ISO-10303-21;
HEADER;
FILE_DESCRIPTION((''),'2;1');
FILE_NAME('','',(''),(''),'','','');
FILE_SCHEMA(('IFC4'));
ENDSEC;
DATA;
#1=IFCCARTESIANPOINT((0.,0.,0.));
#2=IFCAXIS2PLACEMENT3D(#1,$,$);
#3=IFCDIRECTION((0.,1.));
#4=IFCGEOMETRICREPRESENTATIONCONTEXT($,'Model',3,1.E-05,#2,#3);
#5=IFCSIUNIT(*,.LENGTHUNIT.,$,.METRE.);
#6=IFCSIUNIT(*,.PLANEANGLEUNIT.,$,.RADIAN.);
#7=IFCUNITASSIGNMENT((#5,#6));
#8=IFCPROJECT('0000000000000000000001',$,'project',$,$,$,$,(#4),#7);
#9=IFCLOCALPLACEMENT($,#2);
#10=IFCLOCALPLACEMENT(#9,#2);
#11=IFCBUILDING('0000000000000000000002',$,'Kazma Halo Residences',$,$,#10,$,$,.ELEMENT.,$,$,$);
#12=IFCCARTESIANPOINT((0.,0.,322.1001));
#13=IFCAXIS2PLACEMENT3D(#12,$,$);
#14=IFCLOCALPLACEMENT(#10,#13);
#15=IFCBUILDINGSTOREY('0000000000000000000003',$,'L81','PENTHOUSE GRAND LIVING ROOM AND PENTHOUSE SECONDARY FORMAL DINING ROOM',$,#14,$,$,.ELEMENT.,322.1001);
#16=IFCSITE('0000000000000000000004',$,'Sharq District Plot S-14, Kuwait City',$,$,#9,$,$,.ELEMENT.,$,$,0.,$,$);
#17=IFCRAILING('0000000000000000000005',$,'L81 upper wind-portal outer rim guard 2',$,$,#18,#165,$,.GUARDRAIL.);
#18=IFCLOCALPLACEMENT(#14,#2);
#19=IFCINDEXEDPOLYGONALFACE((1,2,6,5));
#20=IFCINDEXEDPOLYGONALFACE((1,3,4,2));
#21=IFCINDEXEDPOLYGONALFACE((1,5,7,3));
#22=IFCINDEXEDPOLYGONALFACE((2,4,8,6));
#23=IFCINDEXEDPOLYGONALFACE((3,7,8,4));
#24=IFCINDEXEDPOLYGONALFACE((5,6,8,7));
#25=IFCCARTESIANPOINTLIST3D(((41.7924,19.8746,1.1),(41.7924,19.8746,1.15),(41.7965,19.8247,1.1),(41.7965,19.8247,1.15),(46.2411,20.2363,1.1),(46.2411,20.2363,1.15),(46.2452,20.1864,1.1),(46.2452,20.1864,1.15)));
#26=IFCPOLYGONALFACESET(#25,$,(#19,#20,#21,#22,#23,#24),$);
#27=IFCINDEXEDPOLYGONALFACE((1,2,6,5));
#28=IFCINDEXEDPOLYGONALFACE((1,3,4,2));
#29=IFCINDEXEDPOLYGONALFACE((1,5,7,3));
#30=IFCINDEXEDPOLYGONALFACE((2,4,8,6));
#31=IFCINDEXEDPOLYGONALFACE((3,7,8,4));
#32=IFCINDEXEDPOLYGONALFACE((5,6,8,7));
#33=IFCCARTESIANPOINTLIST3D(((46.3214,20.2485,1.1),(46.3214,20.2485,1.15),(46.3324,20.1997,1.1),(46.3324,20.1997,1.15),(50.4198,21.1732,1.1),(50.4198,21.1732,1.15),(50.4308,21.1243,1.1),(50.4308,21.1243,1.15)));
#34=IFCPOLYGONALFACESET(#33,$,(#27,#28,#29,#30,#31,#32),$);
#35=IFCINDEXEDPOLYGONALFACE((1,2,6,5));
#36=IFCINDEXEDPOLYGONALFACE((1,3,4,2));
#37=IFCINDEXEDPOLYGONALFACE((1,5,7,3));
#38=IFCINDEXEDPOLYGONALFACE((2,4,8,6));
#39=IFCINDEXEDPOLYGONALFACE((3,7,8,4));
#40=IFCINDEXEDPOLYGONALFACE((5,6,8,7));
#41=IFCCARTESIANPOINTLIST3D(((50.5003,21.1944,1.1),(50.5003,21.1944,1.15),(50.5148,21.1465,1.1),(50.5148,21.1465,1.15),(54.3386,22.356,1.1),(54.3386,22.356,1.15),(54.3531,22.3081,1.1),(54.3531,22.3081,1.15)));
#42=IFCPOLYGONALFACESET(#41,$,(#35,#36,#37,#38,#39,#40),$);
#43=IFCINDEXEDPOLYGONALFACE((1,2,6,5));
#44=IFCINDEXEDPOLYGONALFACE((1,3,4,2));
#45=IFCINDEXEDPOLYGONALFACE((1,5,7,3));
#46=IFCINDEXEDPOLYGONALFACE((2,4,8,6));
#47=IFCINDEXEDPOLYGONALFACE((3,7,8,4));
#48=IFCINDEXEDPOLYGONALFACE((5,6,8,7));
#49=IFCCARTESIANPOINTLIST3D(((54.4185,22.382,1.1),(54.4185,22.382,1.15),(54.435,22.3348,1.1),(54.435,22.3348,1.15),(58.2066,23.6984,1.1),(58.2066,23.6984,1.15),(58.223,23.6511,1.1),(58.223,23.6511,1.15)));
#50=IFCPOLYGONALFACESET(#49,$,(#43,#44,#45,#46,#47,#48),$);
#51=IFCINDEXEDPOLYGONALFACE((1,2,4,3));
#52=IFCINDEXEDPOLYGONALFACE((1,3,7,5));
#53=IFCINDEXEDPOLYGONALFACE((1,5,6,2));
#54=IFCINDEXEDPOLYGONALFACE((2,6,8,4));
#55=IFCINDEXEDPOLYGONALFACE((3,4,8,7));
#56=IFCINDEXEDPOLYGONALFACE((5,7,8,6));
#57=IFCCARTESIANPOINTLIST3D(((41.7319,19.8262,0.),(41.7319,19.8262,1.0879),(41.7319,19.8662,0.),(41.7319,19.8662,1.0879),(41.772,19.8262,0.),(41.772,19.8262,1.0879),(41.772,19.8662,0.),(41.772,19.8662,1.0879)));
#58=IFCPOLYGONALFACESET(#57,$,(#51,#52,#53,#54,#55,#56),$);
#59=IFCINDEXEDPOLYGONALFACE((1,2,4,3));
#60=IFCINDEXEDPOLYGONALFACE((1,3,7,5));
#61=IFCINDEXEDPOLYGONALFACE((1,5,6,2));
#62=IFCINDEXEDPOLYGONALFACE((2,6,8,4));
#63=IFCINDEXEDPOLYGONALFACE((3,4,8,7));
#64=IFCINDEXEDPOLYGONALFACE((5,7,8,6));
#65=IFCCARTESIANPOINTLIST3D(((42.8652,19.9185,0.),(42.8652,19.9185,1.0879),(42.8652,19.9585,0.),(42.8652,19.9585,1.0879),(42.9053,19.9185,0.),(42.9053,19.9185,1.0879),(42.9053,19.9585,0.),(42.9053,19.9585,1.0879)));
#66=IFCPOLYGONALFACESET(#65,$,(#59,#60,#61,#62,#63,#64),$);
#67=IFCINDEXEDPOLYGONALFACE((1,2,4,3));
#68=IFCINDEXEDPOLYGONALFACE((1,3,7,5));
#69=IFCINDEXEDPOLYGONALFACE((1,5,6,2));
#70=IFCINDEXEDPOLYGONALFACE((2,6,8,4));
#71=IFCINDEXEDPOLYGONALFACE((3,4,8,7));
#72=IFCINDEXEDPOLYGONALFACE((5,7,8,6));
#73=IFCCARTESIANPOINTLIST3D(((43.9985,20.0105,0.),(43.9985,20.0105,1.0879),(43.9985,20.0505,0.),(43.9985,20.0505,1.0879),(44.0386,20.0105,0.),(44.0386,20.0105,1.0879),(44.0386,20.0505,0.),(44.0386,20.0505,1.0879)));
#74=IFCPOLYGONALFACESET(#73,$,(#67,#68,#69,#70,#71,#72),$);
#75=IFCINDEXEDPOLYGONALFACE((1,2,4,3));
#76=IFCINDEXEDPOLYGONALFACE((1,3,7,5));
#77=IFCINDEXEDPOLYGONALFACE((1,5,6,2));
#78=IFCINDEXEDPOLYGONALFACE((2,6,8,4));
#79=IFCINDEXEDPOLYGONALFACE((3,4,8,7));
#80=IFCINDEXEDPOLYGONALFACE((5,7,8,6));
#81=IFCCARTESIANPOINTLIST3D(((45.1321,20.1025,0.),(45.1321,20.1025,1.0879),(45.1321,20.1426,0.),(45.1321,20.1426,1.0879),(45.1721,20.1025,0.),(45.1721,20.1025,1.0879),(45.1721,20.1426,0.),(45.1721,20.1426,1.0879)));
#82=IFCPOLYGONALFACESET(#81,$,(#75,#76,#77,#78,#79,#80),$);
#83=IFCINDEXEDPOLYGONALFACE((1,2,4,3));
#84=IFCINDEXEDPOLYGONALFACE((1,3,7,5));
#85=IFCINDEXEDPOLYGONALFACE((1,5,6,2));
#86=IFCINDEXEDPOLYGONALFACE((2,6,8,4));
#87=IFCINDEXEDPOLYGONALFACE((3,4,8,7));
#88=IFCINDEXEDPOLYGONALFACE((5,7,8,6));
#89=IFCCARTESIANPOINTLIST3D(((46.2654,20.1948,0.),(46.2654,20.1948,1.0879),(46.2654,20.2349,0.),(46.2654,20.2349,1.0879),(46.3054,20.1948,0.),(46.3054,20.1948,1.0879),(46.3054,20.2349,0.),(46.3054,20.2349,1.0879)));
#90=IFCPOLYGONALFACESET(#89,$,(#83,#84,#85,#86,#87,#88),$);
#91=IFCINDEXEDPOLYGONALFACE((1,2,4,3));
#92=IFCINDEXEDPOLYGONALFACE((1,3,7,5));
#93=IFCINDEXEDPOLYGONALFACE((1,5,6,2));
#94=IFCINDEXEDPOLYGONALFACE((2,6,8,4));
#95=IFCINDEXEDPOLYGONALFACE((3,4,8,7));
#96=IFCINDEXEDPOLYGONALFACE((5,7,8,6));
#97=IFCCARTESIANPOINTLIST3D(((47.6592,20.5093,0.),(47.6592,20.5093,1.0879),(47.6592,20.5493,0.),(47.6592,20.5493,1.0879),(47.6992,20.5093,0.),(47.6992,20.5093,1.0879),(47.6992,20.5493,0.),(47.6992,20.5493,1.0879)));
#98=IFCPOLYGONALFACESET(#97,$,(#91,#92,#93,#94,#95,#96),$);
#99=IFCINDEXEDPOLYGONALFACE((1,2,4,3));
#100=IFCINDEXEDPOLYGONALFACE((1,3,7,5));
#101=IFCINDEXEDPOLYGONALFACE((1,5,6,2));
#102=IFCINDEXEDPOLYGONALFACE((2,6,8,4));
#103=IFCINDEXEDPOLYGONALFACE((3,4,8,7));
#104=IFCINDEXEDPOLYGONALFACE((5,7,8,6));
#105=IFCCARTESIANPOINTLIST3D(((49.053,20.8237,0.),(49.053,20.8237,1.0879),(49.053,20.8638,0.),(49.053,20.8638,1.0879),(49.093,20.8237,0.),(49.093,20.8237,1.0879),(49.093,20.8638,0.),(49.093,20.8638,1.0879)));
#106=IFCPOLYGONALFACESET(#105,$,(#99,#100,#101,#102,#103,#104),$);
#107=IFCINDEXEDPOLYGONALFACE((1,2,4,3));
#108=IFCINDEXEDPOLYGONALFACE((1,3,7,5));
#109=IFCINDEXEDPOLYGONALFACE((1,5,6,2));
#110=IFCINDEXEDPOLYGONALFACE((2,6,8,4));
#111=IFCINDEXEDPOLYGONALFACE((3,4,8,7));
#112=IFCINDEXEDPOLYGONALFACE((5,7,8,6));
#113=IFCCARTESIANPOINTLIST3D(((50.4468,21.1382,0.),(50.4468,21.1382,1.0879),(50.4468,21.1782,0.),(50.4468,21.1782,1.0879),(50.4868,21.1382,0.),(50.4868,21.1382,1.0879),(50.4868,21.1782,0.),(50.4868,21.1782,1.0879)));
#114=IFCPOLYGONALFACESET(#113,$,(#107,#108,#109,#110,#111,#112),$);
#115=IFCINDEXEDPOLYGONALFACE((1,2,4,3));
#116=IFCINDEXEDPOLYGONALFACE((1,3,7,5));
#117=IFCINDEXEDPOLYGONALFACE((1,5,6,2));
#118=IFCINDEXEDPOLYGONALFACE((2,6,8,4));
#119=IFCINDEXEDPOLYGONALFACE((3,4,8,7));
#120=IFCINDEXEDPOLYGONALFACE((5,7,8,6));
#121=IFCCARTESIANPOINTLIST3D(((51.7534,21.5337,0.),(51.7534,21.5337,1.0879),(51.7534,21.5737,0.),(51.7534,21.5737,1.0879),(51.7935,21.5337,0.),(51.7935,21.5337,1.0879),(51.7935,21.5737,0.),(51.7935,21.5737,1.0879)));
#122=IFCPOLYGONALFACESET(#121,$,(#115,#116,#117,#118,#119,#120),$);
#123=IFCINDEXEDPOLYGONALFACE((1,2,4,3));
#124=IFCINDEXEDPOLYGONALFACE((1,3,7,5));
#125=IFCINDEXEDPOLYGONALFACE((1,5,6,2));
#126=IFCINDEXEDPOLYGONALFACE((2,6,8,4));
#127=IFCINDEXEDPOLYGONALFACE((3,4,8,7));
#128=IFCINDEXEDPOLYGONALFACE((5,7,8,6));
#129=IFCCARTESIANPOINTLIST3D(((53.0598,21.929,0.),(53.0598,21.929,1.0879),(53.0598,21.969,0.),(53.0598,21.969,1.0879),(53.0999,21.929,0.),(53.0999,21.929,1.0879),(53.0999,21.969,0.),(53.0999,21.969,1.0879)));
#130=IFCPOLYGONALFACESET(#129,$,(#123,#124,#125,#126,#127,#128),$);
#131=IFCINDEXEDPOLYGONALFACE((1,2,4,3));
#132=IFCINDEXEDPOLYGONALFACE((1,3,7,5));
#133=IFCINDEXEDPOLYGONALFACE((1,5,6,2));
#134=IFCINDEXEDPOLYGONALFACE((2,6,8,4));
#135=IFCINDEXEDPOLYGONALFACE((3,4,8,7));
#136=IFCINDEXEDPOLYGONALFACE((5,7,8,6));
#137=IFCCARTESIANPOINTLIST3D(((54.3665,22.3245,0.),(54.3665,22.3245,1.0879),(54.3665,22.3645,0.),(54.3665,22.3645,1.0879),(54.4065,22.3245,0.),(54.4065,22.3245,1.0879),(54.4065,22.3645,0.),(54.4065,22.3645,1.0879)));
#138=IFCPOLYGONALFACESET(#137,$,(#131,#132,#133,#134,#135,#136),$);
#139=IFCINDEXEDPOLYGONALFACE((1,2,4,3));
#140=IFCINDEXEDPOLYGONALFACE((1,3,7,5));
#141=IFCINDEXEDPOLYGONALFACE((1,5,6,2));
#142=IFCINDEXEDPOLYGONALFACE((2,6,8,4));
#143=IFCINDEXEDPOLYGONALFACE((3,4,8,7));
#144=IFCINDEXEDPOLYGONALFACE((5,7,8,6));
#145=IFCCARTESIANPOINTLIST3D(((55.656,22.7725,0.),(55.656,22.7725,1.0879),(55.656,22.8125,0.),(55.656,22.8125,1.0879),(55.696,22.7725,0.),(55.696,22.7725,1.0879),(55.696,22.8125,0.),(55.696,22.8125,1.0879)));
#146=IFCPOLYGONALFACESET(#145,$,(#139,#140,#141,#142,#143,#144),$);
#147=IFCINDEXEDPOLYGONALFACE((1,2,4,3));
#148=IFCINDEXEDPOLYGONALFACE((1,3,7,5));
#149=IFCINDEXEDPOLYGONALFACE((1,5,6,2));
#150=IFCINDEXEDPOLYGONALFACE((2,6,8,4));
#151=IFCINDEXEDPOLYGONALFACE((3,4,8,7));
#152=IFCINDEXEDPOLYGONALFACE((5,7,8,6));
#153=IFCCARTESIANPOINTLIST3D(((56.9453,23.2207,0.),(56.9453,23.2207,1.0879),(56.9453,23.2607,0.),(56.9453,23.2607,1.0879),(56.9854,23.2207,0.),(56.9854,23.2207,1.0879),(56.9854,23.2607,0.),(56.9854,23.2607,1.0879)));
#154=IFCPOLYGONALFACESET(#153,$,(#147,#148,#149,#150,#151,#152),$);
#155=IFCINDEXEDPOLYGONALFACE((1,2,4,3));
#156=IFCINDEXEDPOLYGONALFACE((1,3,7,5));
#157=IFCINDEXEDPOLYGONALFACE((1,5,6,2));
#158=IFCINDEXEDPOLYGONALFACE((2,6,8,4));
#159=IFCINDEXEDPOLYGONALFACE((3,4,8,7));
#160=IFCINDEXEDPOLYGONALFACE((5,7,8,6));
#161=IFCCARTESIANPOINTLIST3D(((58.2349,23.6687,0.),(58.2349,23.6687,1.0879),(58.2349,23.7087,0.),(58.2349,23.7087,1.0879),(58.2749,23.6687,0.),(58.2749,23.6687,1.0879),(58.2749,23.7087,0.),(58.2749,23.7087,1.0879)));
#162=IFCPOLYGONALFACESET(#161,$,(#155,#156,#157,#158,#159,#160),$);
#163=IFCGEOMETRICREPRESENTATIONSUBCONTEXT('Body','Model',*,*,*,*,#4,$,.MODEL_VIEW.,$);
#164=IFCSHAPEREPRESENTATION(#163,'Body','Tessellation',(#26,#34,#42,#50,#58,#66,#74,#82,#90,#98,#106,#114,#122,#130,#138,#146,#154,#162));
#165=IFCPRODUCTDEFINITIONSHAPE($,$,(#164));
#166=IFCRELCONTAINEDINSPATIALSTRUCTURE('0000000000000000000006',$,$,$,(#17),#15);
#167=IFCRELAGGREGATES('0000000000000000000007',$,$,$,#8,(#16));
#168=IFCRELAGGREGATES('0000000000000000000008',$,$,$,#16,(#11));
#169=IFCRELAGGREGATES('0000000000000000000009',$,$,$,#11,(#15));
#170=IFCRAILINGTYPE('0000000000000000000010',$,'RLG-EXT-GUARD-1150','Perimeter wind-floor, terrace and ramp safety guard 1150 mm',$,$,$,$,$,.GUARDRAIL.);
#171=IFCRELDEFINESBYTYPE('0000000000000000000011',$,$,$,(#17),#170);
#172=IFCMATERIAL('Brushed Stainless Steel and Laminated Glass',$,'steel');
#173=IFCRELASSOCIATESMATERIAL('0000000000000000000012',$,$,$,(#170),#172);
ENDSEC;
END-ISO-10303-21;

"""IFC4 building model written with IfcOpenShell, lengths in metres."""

from ifc_helpers import new_model, si_unit, direction, frame, origin, origin_2d, place, context, subcontext, project, spatial, rectangle, extrude, material, type_object, element, save


model = new_model("IFC4")

# Units and contexts
model_context = context("Model", 3, precision=1e-05, world=origin(), true_north=direction((0.0, 1.0)))
body_context = subcontext(model_context, "Body", "Model", "MODEL_VIEW")
ifc_project = project(units=[si_unit("LENGTHUNIT", "METRE"), si_unit("PLANEANGLEUNIT", "RADIAN")], contexts=[model_context])

# Site, building, storey
site_placement = place(None, origin())
site = spatial("IfcSite", under=ifc_project, at=site_placement, Name="Sharq District Plot S-14, Kuwait City", CompositionType="ELEMENT", RefElevation=0.0)
building_placement = place(site_placement, origin())
building = spatial("IfcBuilding", under=site, at=building_placement, Name="Kazma Halo Residences", CompositionType="ELEMENT")
storey_placement = place(building_placement, frame((0.0, 0.0, 322.1001)))
storey = spatial("IfcBuildingStorey", under=building, at=storey_placement, Name="L81", Description="PENTHOUSE GRAND LIVING ROOM AND PENTHOUSE SECONDARY FORMAL DINING ROOM", CompositionType="ELEMENT", Elevation=322.1001)

# Railing
ifc_material_1 = material(Name="Brushed Stainless Steel and Laminated Glass", Category="steel")
railing_type_1 = type_object("IfcRailingType", Name="RLG-EXT-GUARD-1150", Description="Perimeter wind-floor, terrace and ramp safety guard 1150 mm", PredefinedType="GUARDRAIL", material=ifc_material_1)
railing_1_placement = place(storey_placement, frame((41.752, 19.8462, 0.0)))
element("IfcRailing", 1, at=railing_1_placement, inside=storey, type_object=railing_type_1, Name="L81 upper wind-portal outer rim guard 2", PredefinedType="GUARDRAIL", context=body_context, shape_type="SweptSolid", body=[
    extrude(rectangle(XDim=0.05, YDim=0.05, at=origin_2d()), frame((0.0425, 0.0034, 1.125), z_axis=(0.99671, 0.081051, 0.0), x_axis=(-0.081051, 0.99671, 0.0)), (0.0, 0.0, 1.0), 4.4634),
    extrude(rectangle(XDim=0.05, YDim=0.05, at=origin_2d()), frame((4.575, 0.3779, 1.125), z_axis=(0.975482, 0.220077, 0.0), x_axis=(-0.220077, 0.975482, 0.0)), (0.0, 0.0, 1.0), 4.2014),
    extrude(rectangle(XDim=0.05, YDim=0.05, at=origin_2d()), frame((8.7556, 1.3242, 1.125), z_axis=(0.957126, 0.289671, 0.0), x_axis=(-0.289671, 0.957126, 0.0)), (0.0, 0.0, 1.0), 4.0103),
    extrude(rectangle(XDim=0.05, YDim=0.05, at=origin_2d()), frame((12.6748, 2.5122, 1.125), z_axis=(0.944595, 0.328239, 0.0), x_axis=(-0.328239, 0.944595, 0.0)), (0.0, 0.0, 1.0), 4.0103),
    extrude(rectangle(XDim=0.04, YDim=0.04, at=origin_2d()), origin(), (0.0, 0.0, 1.0), 1.0879),
    extrude(rectangle(XDim=0.04, YDim=0.04, at=origin_2d()), frame((1.1333, 0.0923, 0.0)), (0.0, 0.0, 1.0), 1.0879),
    extrude(rectangle(XDim=0.04, YDim=0.04, at=origin_2d()), frame((2.2666, 0.1843, 0.0)), (0.0, 0.0, 1.0), 1.0879),
    extrude(rectangle(XDim=0.04, YDim=0.04, at=origin_2d()), frame((3.4001, 0.2764, 0.0)), (0.0, 0.0, 1.0), 1.0879),
    extrude(rectangle(XDim=0.04, YDim=0.04, at=origin_2d()), frame((4.5334, 0.3687, 0.0)), (0.0, 0.0, 1.0), 1.0879),
    extrude(rectangle(XDim=0.04, YDim=0.04, at=origin_2d()), frame((5.9272, 0.6831, 0.0)), (0.0, 0.0, 1.0), 1.0879),
    extrude(rectangle(XDim=0.04, YDim=0.04, at=origin_2d()), frame((7.321, 0.9976, 0.0)), (0.0, 0.0, 1.0), 1.0879),
    extrude(rectangle(XDim=0.04, YDim=0.04, at=origin_2d()), frame((8.7148, 1.312, 0.0)), (0.0, 0.0, 1.0), 1.0879),
    extrude(rectangle(XDim=0.04, YDim=0.04, at=origin_2d()), frame((10.0215, 1.7075, 0.0)), (0.0, 0.0, 1.0), 1.0879),
    extrude(rectangle(XDim=0.04, YDim=0.04, at=origin_2d()), frame((11.3279, 2.1028, 0.0)), (0.0, 0.0, 1.0), 1.0879),
    extrude(rectangle(XDim=0.04, YDim=0.04, at=origin_2d()), frame((12.6345, 2.4983, 0.0)), (0.0, 0.0, 1.0), 1.0879),
    extrude(rectangle(XDim=0.04, YDim=0.04, at=origin_2d()), frame((13.9241, 2.9463, 0.0)), (0.0, 0.0, 1.0), 1.0879),
    extrude(rectangle(XDim=0.04, YDim=0.04, at=origin_2d()), frame((15.2134, 3.3945, 0.0)), (0.0, 0.0, 1.0), 1.0879),
    extrude(rectangle(XDim=0.04, YDim=0.04, at=origin_2d()), frame((16.5029, 3.8425, 0.0)), (0.0, 0.0, 1.0), 1.0879),
])

save(model, "model.ifc")
